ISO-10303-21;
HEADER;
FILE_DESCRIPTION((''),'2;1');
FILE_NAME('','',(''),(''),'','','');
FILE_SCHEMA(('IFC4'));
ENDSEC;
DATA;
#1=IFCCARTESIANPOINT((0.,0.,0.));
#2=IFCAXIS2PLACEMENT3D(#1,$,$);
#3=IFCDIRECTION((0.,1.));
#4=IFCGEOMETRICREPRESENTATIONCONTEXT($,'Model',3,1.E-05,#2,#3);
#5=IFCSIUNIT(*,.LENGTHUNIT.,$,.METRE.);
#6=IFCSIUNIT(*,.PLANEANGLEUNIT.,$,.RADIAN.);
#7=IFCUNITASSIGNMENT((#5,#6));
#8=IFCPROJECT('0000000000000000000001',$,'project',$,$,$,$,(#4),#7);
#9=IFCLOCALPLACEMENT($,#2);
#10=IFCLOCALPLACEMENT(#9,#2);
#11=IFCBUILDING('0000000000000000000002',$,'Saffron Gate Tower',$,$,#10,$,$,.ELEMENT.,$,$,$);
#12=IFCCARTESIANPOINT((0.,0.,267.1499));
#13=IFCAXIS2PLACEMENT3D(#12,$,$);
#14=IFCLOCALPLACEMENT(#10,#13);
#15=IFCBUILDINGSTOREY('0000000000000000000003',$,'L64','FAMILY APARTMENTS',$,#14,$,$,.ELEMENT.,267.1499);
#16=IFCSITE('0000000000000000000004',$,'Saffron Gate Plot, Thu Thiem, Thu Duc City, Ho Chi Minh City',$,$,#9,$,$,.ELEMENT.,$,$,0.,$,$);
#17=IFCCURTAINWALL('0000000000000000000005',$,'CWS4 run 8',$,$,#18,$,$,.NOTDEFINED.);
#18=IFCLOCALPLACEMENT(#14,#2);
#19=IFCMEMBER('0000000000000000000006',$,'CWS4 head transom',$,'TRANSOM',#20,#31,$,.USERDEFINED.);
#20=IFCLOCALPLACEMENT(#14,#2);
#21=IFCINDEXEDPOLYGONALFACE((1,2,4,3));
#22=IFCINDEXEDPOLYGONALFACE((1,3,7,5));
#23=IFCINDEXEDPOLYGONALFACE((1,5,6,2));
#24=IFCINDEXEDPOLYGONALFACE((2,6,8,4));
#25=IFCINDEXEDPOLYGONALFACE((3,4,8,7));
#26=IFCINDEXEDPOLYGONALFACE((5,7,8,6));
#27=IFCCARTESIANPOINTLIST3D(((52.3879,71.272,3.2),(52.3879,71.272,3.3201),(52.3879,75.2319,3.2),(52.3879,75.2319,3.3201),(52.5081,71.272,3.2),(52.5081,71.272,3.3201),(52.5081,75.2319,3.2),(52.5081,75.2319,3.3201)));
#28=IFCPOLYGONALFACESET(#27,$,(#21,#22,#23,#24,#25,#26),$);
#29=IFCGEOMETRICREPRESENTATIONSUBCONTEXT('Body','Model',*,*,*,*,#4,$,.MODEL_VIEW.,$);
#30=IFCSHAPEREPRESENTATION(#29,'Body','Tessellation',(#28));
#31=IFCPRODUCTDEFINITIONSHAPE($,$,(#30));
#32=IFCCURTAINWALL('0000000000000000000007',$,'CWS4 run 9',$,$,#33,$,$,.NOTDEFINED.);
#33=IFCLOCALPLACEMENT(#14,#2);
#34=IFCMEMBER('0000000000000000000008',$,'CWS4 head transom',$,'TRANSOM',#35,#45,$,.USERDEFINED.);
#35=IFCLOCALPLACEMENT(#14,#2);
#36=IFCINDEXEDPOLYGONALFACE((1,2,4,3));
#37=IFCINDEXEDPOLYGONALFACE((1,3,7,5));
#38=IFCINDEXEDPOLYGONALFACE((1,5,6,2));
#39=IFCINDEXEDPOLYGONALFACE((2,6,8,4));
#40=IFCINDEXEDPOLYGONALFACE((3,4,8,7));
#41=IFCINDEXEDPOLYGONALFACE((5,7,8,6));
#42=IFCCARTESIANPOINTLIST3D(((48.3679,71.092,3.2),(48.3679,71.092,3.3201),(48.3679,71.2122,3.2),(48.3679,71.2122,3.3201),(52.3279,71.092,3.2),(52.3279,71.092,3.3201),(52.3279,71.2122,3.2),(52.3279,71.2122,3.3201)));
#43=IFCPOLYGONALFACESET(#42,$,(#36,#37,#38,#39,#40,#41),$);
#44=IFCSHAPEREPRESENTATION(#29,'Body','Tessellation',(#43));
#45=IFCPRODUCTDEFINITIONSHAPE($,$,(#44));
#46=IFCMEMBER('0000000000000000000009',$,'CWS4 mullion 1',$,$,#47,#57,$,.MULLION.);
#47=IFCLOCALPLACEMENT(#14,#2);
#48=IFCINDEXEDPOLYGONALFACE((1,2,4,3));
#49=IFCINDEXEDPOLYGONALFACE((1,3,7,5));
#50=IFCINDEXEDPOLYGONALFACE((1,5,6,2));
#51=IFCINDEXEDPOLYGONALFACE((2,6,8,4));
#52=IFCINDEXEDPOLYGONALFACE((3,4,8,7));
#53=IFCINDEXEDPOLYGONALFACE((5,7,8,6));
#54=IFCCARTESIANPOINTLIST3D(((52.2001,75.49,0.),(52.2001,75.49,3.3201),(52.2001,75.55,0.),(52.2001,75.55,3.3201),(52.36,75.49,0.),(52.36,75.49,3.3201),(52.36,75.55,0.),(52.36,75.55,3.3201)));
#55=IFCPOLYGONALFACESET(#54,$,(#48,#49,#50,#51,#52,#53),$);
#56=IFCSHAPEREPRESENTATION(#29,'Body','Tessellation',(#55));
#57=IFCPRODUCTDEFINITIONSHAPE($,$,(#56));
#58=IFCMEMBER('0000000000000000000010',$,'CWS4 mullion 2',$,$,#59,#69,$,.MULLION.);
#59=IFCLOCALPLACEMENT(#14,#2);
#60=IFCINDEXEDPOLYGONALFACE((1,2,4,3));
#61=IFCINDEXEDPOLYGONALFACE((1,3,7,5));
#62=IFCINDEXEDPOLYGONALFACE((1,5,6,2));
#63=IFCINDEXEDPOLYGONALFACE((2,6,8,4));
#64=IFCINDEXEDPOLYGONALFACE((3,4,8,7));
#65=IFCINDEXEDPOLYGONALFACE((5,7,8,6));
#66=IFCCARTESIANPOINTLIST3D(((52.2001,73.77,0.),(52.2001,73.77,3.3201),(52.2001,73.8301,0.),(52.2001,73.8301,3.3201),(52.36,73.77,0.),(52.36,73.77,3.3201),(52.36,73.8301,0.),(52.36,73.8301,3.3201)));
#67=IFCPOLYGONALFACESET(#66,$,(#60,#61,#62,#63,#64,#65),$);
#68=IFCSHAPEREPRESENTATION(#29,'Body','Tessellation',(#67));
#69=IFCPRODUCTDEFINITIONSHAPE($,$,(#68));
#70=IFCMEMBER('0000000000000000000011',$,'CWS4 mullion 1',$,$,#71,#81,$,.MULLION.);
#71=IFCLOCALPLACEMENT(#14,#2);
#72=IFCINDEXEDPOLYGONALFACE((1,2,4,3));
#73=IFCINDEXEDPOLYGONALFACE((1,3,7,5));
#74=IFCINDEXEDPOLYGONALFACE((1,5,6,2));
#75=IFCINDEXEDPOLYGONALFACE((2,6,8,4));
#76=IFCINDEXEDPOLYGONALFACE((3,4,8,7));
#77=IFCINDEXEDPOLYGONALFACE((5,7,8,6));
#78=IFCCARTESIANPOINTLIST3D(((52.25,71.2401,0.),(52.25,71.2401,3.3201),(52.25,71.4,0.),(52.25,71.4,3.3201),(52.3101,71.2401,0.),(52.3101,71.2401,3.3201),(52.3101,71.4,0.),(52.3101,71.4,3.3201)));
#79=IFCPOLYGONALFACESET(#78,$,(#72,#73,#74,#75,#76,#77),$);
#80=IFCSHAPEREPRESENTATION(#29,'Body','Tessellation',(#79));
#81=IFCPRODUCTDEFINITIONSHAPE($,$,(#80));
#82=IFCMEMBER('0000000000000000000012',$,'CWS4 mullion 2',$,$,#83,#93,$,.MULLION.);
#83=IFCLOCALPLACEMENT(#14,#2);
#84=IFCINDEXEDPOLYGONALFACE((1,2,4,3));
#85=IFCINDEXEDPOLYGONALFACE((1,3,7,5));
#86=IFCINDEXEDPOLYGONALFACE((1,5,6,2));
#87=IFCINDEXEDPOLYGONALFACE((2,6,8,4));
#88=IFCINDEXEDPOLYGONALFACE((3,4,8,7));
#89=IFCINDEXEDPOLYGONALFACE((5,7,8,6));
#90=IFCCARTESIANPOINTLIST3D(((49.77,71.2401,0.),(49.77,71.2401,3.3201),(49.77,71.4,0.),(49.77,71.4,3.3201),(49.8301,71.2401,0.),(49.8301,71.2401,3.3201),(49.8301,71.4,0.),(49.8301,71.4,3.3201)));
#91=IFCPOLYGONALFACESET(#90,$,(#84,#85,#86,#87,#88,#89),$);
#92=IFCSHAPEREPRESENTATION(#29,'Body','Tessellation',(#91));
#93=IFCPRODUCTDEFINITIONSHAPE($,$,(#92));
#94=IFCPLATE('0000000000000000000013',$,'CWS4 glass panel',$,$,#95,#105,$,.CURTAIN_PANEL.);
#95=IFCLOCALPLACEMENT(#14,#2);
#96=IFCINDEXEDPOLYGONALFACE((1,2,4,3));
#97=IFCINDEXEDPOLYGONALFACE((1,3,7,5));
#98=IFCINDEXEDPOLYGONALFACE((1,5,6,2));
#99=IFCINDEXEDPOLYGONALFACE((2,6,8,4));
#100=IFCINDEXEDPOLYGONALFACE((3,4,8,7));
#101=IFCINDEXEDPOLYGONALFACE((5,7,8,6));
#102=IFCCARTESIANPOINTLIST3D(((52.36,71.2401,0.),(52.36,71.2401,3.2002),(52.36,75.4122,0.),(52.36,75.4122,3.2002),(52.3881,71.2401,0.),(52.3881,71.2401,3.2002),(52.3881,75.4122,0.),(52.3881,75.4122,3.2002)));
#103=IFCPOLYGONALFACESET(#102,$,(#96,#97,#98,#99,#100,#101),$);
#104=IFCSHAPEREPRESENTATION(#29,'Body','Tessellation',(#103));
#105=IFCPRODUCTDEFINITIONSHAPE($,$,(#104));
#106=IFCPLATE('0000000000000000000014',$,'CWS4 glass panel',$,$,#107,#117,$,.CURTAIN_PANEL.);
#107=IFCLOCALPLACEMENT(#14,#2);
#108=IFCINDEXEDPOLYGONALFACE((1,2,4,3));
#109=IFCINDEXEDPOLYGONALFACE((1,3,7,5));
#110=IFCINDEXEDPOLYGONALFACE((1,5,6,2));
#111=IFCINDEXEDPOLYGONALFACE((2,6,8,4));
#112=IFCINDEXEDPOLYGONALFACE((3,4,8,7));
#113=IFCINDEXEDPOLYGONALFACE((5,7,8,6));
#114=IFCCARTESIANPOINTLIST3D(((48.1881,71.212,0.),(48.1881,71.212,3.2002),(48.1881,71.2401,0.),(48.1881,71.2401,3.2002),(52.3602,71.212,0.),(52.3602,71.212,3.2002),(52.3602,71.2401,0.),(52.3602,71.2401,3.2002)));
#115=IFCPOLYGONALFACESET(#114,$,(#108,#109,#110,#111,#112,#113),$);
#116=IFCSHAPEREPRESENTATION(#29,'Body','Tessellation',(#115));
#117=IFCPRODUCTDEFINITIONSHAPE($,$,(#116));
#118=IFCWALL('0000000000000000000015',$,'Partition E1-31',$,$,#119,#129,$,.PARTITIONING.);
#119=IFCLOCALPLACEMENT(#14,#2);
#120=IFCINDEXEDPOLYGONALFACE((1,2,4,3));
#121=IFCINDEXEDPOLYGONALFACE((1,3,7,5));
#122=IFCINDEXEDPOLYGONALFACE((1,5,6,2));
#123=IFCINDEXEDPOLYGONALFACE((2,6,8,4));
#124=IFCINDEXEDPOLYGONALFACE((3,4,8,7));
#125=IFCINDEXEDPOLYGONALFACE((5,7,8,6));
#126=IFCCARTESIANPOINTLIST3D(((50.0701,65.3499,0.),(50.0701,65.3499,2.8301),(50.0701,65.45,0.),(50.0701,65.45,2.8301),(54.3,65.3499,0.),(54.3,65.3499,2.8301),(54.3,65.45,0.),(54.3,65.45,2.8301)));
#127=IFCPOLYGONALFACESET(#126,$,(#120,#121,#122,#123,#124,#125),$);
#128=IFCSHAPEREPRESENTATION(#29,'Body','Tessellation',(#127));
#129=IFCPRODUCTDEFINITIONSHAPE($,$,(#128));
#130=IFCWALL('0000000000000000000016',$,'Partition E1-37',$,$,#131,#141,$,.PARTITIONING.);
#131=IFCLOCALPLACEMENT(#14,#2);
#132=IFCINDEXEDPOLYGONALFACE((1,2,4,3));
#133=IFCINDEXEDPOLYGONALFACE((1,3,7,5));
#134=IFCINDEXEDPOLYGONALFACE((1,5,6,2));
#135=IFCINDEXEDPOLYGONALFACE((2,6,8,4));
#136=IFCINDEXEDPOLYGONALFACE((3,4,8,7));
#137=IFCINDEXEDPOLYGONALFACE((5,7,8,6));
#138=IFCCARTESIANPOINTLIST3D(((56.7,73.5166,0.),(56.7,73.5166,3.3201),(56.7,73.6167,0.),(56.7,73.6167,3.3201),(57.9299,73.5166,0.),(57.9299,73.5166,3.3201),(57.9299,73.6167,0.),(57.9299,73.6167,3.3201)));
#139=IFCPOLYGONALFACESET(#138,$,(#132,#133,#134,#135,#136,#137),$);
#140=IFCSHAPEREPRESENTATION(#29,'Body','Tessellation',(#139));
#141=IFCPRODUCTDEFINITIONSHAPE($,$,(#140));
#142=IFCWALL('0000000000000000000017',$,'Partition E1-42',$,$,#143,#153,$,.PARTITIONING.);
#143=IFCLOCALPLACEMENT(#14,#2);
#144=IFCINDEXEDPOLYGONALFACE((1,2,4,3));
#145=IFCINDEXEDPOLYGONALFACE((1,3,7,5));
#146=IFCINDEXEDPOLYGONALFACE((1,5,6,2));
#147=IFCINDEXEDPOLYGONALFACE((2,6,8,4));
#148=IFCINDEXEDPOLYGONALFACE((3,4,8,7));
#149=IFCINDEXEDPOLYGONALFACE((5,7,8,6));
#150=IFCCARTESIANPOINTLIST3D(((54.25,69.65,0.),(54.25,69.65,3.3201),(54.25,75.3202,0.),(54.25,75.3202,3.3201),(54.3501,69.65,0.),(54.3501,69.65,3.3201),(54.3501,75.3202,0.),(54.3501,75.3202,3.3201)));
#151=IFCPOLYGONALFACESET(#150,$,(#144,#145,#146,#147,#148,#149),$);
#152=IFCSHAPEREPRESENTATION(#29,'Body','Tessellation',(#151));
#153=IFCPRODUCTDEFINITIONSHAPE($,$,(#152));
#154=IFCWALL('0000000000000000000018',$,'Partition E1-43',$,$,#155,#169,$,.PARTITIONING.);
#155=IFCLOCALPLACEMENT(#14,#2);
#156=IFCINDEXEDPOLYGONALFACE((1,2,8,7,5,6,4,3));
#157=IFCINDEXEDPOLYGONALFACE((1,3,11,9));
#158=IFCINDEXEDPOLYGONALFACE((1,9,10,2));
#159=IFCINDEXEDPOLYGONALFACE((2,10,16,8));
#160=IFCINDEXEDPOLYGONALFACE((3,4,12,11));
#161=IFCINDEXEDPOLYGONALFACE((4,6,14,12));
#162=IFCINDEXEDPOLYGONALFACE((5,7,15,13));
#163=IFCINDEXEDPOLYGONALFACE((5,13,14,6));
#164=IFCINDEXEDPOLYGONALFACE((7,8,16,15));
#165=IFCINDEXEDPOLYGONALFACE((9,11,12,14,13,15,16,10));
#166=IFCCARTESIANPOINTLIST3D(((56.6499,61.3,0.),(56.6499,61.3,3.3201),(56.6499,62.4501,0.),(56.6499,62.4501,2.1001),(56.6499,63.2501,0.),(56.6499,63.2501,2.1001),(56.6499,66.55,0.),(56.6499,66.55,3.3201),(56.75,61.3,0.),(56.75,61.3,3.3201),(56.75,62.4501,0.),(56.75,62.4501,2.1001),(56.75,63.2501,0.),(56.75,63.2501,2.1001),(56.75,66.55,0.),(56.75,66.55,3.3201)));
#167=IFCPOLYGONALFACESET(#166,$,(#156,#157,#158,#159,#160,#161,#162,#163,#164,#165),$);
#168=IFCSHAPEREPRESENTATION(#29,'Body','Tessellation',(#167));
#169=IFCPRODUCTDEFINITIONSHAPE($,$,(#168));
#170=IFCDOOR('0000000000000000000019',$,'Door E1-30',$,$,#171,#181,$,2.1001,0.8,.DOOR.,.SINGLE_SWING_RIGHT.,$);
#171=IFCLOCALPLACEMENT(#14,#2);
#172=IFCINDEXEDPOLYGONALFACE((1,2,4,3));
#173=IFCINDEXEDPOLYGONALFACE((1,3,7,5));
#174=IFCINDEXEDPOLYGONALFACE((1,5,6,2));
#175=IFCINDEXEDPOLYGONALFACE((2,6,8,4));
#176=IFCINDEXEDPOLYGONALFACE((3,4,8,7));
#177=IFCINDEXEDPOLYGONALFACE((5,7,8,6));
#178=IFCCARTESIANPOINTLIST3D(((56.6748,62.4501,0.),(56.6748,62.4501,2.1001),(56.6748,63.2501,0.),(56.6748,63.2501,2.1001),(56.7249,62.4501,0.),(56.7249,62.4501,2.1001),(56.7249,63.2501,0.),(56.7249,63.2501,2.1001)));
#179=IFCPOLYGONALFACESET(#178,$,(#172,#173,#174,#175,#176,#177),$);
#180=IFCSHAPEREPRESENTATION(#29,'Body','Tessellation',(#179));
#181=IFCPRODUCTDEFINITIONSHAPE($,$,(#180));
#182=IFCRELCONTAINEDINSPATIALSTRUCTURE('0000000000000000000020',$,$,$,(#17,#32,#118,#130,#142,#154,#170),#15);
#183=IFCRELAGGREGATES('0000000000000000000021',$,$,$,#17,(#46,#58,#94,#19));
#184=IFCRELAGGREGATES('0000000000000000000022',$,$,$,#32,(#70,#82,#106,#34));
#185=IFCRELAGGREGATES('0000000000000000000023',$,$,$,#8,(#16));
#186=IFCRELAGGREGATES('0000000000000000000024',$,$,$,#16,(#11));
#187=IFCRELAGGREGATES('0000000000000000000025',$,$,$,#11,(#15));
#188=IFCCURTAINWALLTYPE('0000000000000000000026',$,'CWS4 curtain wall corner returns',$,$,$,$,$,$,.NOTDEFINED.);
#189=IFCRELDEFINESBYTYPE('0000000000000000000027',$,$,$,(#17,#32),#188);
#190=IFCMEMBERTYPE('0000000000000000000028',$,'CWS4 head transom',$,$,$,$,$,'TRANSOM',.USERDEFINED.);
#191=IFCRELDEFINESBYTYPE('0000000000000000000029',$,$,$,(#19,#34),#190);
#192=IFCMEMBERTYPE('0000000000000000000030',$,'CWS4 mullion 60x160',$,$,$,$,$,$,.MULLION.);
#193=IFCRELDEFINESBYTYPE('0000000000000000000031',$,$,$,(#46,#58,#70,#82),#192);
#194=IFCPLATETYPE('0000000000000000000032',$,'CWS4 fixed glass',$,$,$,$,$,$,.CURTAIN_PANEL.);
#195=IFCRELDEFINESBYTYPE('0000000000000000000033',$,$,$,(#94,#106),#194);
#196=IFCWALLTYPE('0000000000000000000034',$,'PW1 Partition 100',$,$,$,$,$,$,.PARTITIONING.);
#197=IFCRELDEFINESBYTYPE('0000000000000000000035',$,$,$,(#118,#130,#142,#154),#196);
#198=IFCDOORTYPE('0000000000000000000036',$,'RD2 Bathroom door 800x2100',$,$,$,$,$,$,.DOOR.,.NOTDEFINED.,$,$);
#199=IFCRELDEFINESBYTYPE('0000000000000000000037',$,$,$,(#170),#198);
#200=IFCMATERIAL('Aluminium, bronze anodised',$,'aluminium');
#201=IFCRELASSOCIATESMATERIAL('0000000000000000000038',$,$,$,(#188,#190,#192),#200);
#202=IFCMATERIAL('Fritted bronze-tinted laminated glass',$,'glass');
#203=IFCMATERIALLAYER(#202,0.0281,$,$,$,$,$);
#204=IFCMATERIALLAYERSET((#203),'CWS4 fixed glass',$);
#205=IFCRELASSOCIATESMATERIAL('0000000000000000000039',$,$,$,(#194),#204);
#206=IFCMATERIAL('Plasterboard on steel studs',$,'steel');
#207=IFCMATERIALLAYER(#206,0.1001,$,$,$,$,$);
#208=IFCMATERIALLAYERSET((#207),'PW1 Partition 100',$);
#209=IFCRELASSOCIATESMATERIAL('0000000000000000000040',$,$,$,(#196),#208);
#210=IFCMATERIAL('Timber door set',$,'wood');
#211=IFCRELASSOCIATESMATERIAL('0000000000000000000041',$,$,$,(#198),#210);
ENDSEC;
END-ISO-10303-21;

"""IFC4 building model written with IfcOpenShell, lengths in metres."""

from ifc_helpers import new_model, si_unit, direction, frame, frame_2d, origin, origin_2d, place, context, subcontext, project, spatial, rectangle, extrude, material, layer, layer_set, material_profile, profile_set, type_object, element, fill, aggregate, save


model = new_model("IFC4")

# Units and contexts
model_context = context("Model", 3, precision=1e-05, world=origin(), true_north=direction((0.0, 1.0)))
body_context = subcontext(model_context, "Body", "Model", "MODEL_VIEW")
ifc_project = project(units=[si_unit("LENGTHUNIT", "METRE"), si_unit("PLANEANGLEUNIT", "RADIAN")], contexts=[model_context])

# Site, building, storey
site_placement = place(None, origin())
site = spatial("IfcSite", under=ifc_project, at=site_placement, Name="Saffron Gate Plot, Thu Thiem, Thu Duc City, Ho Chi Minh City", CompositionType="ELEMENT", RefElevation=0.0)
building_placement = place(site_placement, origin())
building = spatial("IfcBuilding", under=site, at=building_placement, Name="Saffron Gate Tower", CompositionType="ELEMENT")
storey_placement = place(building_placement, frame((0.0, 0.0, 267.1499)))
storey = spatial("IfcBuildingStorey", under=building, at=storey_placement, Name="L64", Description="FAMILY APARTMENTS", CompositionType="ELEMENT", Elevation=267.1499)

# Curtain walls, members
ifc_material_1 = material(Name="Aluminium, bronze anodised", Category="aluminium")
curtain_wall_type = type_object("IfcCurtainWallType", Name="CWS4 curtain wall corner returns", PredefinedType="NOTDEFINED", material=ifc_material_1)
curtain_wall_1_placement = place(storey_placement, origin())
curtain_wall_1 = element("IfcCurtainWall", 1, at=curtain_wall_1_placement, inside=storey, type_object=curtain_wall_type, Name="CWS4 run 8", PredefinedType="NOTDEFINED")
ifc_material_profile_1 = material_profile(ifc_material_1, rectangle(XDim=0.1201, YDim=0.1201, at=origin_2d()))
ifc_profile_set_1 = profile_set([ifc_material_profile_1], Name="Aluminium, bronze anodised")
member_type_1 = type_object("IfcMemberType", Name="CWS4 head transom", ElementType="TRANSOM", PredefinedType="USERDEFINED", material=ifc_profile_set_1)
member_1_placement = place(storey_placement, frame((52.448, 75.2319, 3.26), z_axis=(0.0, -1.0, 0.0), x_axis=(1.0, 0.0, 0.0)))
member_1 = element("IfcMember", 2, at=member_1_placement, type_object=member_type_1, Name="CWS4 head transom", ObjectType="TRANSOM", PredefinedType="USERDEFINED", context=body_context, shape_type="SweptSolid", body=[
    extrude(rectangle(XDim=0.1201, YDim=0.1201, at=origin_2d()), origin(), (0.0, 0.0, 1.0), 3.96),
])
curtain_wall_2_placement = place(storey_placement, origin())
curtain_wall_2 = element("IfcCurtainWall", 3, at=curtain_wall_2_placement, inside=storey, type_object=curtain_wall_type, Name="CWS4 run 9", PredefinedType="NOTDEFINED")
member_2_placement = place(storey_placement, frame((52.3279, 71.1521, 3.26), z_axis=(-1.0, 0.0, 0.0), x_axis=(0.0, -1.0, 0.0)))
member_2 = element("IfcMember", 4, at=member_2_placement, type_object=member_type_1, Name="CWS4 head transom", ObjectType="TRANSOM", PredefinedType="USERDEFINED", context=body_context, shape_type="SweptSolid", body=[
    extrude(rectangle(XDim=0.1201, YDim=0.1201, at=origin_2d()), origin(), (0.0, 0.0, 1.0), 3.96),
])

# Members
ifc_material_profile_2 = material_profile(ifc_material_1, rectangle(XDim=0.1599, YDim=0.0601, at=origin_2d()))
ifc_profile_set_2 = profile_set([ifc_material_profile_2], Name="Aluminium, bronze anodised")
member_type_2 = type_object("IfcMemberType", Name="CWS4 mullion 60x160", PredefinedType="MULLION", material=ifc_profile_set_2)
member_3_placement = place(storey_placement, frame((52.28, 75.52, 0.0), z_axis=(0.0, 0.0, 1.0), x_axis=(1.0, 0.0, 0.0)))
member_3 = element("IfcMember", 5, at=member_3_placement, type_object=member_type_2, Name="CWS4 mullion 1", PredefinedType="MULLION", context=body_context, shape_type="SweptSolid", body=[
    extrude(rectangle(XDim=0.1599, YDim=0.0601, at=origin_2d()), origin(), (0.0, 0.0, 1.0), 3.3201),
])
member_4_placement = place(storey_placement, frame((52.28, 73.8, 0.0), z_axis=(0.0, 0.0, 1.0), x_axis=(1.0, 0.0, 0.0)))
member_4 = element("IfcMember", 6, at=member_4_placement, type_object=member_type_2, Name="CWS4 mullion 2", PredefinedType="MULLION", context=body_context, shape_type="SweptSolid", body=[
    extrude(rectangle(XDim=0.1599, YDim=0.0601, at=origin_2d()), origin(), (0.0, 0.0, 1.0), 3.3201),
])
member_5_placement = place(storey_placement, frame((52.28, 71.3201, 0.0), z_axis=(0.0, 0.0, 1.0), x_axis=(0.0, -1.0, 0.0)))
member_5 = element("IfcMember", 7, at=member_5_placement, type_object=member_type_2, Name="CWS4 mullion 1", PredefinedType="MULLION", context=body_context, shape_type="SweptSolid", body=[
    extrude(rectangle(XDim=0.1599, YDim=0.0601, at=origin_2d()), origin(), (0.0, 0.0, 1.0), 3.3201),
])
member_6_placement = place(storey_placement, frame((49.8, 71.3201, 0.0), z_axis=(0.0, 0.0, 1.0), x_axis=(0.0, -1.0, 0.0)))
member_6 = element("IfcMember", 8, at=member_6_placement, type_object=member_type_2, Name="CWS4 mullion 2", PredefinedType="MULLION", context=body_context, shape_type="SweptSolid", body=[
    extrude(rectangle(XDim=0.1599, YDim=0.0601, at=origin_2d()), origin(), (0.0, 0.0, 1.0), 3.3201),
])

# Plates
ifc_material_2 = material(Name="Fritted bronze-tinted laminated glass", Category="glass")
ifc_layer_1 = layer(ifc_material_2, 0.0281)
ifc_layer_set_1 = layer_set([ifc_layer_1], Name="CWS4 fixed glass")
plate_type = type_object("IfcPlateType", Name="CWS4 fixed glass", PredefinedType="CURTAIN_PANEL", material=ifc_layer_set_1)
plate_1_placement = place(storey_placement, frame((52.374, 75.4121, 0.0), z_axis=(0.0, 0.0, 1.0), x_axis=(0.0, -1.0, 0.0)))
plate_1 = element("IfcPlate", 9, at=plate_1_placement, type_object=plate_type, Name="CWS4 glass panel", PredefinedType="CURTAIN_PANEL", context=body_context, shape_type="SweptSolid", body=[
    extrude(rectangle(XDim=4.1721, YDim=0.0281, at=frame_2d((2.0859, 0.0))), origin(), (0.0, 0.0, 1.0), 3.2002),
])
aggregate(curtain_wall_1, [member_3, member_4, plate_1, member_1])
plate_2_placement = place(storey_placement, frame((52.3601, 71.2261, 0.0), z_axis=(0.0, 0.0, 1.0), x_axis=(-1.0, 0.0, 0.0)))
plate_2 = element("IfcPlate", 10, at=plate_2_placement, type_object=plate_type, Name="CWS4 glass panel", PredefinedType="CURTAIN_PANEL", context=body_context, shape_type="SweptSolid", body=[
    extrude(rectangle(XDim=4.1721, YDim=0.0281, at=frame_2d((2.0859, 0.0))), origin(), (0.0, 0.0, 1.0), 3.2002),
])
aggregate(curtain_wall_2, [member_5, member_6, plate_2, member_2])

# Walls
ifc_material_3 = material(Name="Plasterboard on steel studs", Category="steel")
ifc_layer_2 = layer(ifc_material_3, 0.1001)
ifc_layer_set_2 = layer_set([ifc_layer_2], Name="PW1 Partition 100")
wall_type = type_object("IfcWallType", Name="PW1 Partition 100", PredefinedType="PARTITIONING", material=ifc_layer_set_2)
wall_1_placement = place(storey_placement, frame((50.0701, 65.3999, 0.0), z_axis=(0.0, 0.0, 1.0), x_axis=(1.0, 0.0, 0.0)))
element("IfcWall", 11, at=wall_1_placement, inside=storey, type_object=wall_type, Name="Partition E1-31", PredefinedType="PARTITIONING", context=body_context, shape_type="SweptSolid", body=[
    extrude(rectangle(XDim=4.23, YDim=0.1001, at=frame_2d((2.115, 0.0))), origin(), (0.0, 0.0, 1.0), 2.8301),
])
wall_2_placement = place(storey_placement, frame((56.7, 73.5667, 0.0), z_axis=(0.0, 0.0, 1.0), x_axis=(1.0, 0.0, 0.0)))
element("IfcWall", 12, at=wall_2_placement, inside=storey, type_object=wall_type, Name="Partition E1-37", PredefinedType="PARTITIONING", context=body_context, shape_type="SweptSolid", body=[
    extrude(rectangle(XDim=1.23, YDim=0.1001, at=frame_2d((0.615, 0.0))), origin(), (0.0, 0.0, 1.0), 3.3201),
])
wall_3_placement = place(storey_placement, frame((54.3, 75.3201, 0.0), z_axis=(0.0, 0.0, 1.0), x_axis=(0.0, -1.0, 0.0)))
element("IfcWall", 13, at=wall_3_placement, inside=storey, type_object=wall_type, Name="Partition E1-42", PredefinedType="PARTITIONING", context=body_context, shape_type="SweptSolid", body=[
    extrude(rectangle(XDim=5.6702, YDim=0.1001, at=frame_2d((2.835, 0.0))), origin(), (0.0, 0.0, 1.0), 3.3201),
])

# Wall, opening, door
wall_4_placement = place(storey_placement, frame((56.7, 66.55, 0.0), z_axis=(0.0, 0.0, 1.0), x_axis=(0.0, -1.0, 0.0)))
wall_4 = element("IfcWall", 14, at=wall_4_placement, inside=storey, type_object=wall_type, Name="Partition E1-43", PredefinedType="PARTITIONING", context=body_context, shape_type="SweptSolid", body=[
    extrude(rectangle(XDim=5.25, YDim=0.1001, at=frame_2d((2.625, 0.0))), origin(), (0.0, 0.0, 1.0), 3.3201),
])
opening_1_placement = place(wall_4_placement, frame((3.3, 0.0, 0.0)))
opening_1 = element("IfcOpeningElement", 15, at=opening_1_placement, cuts=wall_4, PredefinedType="OPENING", context=body_context, shape_type="SweptSolid", body=[
    extrude(rectangle(XDim=0.8, YDim=2.1001, at=frame_2d((0.3999, 1.05))), frame((0.0, 0.0601, 0.0), z_axis=(0.0, -1.0, 0.0), x_axis=(1.0, 0.0, 0.0)), (0.0, 0.0, 1.0), 0.1201),
])
ifc_material_4 = material(Name="Timber door set", Category="wood")
door_type_1 = type_object("IfcDoorType", Name="RD2 Bathroom door 800x2100", OperationType="NOTDEFINED", PredefinedType="DOOR", material=ifc_material_4)
door_1_placement = place(opening_1_placement, origin())
door_1 = element("IfcDoor", 16, at=door_1_placement, inside=storey, type_object=door_type_1, Name="Door E1-30", OperationType="SINGLE_SWING_RIGHT", OverallHeight=2.1001, OverallWidth=0.8, PredefinedType="DOOR", context=body_context, shape_type="SweptSolid", body=[
    extrude(rectangle(XDim=0.8, YDim=2.1001, at=frame_2d((0.3999, 1.05))), frame((0.0, 0.0249, 0.0), z_axis=(0.0, -1.0, 0.0), x_axis=(1.0, 0.0, 0.0)), (0.0, 0.0, 1.0), 0.05),
])
fill(opening_1, door_1)

save(model, "model.ifc")
